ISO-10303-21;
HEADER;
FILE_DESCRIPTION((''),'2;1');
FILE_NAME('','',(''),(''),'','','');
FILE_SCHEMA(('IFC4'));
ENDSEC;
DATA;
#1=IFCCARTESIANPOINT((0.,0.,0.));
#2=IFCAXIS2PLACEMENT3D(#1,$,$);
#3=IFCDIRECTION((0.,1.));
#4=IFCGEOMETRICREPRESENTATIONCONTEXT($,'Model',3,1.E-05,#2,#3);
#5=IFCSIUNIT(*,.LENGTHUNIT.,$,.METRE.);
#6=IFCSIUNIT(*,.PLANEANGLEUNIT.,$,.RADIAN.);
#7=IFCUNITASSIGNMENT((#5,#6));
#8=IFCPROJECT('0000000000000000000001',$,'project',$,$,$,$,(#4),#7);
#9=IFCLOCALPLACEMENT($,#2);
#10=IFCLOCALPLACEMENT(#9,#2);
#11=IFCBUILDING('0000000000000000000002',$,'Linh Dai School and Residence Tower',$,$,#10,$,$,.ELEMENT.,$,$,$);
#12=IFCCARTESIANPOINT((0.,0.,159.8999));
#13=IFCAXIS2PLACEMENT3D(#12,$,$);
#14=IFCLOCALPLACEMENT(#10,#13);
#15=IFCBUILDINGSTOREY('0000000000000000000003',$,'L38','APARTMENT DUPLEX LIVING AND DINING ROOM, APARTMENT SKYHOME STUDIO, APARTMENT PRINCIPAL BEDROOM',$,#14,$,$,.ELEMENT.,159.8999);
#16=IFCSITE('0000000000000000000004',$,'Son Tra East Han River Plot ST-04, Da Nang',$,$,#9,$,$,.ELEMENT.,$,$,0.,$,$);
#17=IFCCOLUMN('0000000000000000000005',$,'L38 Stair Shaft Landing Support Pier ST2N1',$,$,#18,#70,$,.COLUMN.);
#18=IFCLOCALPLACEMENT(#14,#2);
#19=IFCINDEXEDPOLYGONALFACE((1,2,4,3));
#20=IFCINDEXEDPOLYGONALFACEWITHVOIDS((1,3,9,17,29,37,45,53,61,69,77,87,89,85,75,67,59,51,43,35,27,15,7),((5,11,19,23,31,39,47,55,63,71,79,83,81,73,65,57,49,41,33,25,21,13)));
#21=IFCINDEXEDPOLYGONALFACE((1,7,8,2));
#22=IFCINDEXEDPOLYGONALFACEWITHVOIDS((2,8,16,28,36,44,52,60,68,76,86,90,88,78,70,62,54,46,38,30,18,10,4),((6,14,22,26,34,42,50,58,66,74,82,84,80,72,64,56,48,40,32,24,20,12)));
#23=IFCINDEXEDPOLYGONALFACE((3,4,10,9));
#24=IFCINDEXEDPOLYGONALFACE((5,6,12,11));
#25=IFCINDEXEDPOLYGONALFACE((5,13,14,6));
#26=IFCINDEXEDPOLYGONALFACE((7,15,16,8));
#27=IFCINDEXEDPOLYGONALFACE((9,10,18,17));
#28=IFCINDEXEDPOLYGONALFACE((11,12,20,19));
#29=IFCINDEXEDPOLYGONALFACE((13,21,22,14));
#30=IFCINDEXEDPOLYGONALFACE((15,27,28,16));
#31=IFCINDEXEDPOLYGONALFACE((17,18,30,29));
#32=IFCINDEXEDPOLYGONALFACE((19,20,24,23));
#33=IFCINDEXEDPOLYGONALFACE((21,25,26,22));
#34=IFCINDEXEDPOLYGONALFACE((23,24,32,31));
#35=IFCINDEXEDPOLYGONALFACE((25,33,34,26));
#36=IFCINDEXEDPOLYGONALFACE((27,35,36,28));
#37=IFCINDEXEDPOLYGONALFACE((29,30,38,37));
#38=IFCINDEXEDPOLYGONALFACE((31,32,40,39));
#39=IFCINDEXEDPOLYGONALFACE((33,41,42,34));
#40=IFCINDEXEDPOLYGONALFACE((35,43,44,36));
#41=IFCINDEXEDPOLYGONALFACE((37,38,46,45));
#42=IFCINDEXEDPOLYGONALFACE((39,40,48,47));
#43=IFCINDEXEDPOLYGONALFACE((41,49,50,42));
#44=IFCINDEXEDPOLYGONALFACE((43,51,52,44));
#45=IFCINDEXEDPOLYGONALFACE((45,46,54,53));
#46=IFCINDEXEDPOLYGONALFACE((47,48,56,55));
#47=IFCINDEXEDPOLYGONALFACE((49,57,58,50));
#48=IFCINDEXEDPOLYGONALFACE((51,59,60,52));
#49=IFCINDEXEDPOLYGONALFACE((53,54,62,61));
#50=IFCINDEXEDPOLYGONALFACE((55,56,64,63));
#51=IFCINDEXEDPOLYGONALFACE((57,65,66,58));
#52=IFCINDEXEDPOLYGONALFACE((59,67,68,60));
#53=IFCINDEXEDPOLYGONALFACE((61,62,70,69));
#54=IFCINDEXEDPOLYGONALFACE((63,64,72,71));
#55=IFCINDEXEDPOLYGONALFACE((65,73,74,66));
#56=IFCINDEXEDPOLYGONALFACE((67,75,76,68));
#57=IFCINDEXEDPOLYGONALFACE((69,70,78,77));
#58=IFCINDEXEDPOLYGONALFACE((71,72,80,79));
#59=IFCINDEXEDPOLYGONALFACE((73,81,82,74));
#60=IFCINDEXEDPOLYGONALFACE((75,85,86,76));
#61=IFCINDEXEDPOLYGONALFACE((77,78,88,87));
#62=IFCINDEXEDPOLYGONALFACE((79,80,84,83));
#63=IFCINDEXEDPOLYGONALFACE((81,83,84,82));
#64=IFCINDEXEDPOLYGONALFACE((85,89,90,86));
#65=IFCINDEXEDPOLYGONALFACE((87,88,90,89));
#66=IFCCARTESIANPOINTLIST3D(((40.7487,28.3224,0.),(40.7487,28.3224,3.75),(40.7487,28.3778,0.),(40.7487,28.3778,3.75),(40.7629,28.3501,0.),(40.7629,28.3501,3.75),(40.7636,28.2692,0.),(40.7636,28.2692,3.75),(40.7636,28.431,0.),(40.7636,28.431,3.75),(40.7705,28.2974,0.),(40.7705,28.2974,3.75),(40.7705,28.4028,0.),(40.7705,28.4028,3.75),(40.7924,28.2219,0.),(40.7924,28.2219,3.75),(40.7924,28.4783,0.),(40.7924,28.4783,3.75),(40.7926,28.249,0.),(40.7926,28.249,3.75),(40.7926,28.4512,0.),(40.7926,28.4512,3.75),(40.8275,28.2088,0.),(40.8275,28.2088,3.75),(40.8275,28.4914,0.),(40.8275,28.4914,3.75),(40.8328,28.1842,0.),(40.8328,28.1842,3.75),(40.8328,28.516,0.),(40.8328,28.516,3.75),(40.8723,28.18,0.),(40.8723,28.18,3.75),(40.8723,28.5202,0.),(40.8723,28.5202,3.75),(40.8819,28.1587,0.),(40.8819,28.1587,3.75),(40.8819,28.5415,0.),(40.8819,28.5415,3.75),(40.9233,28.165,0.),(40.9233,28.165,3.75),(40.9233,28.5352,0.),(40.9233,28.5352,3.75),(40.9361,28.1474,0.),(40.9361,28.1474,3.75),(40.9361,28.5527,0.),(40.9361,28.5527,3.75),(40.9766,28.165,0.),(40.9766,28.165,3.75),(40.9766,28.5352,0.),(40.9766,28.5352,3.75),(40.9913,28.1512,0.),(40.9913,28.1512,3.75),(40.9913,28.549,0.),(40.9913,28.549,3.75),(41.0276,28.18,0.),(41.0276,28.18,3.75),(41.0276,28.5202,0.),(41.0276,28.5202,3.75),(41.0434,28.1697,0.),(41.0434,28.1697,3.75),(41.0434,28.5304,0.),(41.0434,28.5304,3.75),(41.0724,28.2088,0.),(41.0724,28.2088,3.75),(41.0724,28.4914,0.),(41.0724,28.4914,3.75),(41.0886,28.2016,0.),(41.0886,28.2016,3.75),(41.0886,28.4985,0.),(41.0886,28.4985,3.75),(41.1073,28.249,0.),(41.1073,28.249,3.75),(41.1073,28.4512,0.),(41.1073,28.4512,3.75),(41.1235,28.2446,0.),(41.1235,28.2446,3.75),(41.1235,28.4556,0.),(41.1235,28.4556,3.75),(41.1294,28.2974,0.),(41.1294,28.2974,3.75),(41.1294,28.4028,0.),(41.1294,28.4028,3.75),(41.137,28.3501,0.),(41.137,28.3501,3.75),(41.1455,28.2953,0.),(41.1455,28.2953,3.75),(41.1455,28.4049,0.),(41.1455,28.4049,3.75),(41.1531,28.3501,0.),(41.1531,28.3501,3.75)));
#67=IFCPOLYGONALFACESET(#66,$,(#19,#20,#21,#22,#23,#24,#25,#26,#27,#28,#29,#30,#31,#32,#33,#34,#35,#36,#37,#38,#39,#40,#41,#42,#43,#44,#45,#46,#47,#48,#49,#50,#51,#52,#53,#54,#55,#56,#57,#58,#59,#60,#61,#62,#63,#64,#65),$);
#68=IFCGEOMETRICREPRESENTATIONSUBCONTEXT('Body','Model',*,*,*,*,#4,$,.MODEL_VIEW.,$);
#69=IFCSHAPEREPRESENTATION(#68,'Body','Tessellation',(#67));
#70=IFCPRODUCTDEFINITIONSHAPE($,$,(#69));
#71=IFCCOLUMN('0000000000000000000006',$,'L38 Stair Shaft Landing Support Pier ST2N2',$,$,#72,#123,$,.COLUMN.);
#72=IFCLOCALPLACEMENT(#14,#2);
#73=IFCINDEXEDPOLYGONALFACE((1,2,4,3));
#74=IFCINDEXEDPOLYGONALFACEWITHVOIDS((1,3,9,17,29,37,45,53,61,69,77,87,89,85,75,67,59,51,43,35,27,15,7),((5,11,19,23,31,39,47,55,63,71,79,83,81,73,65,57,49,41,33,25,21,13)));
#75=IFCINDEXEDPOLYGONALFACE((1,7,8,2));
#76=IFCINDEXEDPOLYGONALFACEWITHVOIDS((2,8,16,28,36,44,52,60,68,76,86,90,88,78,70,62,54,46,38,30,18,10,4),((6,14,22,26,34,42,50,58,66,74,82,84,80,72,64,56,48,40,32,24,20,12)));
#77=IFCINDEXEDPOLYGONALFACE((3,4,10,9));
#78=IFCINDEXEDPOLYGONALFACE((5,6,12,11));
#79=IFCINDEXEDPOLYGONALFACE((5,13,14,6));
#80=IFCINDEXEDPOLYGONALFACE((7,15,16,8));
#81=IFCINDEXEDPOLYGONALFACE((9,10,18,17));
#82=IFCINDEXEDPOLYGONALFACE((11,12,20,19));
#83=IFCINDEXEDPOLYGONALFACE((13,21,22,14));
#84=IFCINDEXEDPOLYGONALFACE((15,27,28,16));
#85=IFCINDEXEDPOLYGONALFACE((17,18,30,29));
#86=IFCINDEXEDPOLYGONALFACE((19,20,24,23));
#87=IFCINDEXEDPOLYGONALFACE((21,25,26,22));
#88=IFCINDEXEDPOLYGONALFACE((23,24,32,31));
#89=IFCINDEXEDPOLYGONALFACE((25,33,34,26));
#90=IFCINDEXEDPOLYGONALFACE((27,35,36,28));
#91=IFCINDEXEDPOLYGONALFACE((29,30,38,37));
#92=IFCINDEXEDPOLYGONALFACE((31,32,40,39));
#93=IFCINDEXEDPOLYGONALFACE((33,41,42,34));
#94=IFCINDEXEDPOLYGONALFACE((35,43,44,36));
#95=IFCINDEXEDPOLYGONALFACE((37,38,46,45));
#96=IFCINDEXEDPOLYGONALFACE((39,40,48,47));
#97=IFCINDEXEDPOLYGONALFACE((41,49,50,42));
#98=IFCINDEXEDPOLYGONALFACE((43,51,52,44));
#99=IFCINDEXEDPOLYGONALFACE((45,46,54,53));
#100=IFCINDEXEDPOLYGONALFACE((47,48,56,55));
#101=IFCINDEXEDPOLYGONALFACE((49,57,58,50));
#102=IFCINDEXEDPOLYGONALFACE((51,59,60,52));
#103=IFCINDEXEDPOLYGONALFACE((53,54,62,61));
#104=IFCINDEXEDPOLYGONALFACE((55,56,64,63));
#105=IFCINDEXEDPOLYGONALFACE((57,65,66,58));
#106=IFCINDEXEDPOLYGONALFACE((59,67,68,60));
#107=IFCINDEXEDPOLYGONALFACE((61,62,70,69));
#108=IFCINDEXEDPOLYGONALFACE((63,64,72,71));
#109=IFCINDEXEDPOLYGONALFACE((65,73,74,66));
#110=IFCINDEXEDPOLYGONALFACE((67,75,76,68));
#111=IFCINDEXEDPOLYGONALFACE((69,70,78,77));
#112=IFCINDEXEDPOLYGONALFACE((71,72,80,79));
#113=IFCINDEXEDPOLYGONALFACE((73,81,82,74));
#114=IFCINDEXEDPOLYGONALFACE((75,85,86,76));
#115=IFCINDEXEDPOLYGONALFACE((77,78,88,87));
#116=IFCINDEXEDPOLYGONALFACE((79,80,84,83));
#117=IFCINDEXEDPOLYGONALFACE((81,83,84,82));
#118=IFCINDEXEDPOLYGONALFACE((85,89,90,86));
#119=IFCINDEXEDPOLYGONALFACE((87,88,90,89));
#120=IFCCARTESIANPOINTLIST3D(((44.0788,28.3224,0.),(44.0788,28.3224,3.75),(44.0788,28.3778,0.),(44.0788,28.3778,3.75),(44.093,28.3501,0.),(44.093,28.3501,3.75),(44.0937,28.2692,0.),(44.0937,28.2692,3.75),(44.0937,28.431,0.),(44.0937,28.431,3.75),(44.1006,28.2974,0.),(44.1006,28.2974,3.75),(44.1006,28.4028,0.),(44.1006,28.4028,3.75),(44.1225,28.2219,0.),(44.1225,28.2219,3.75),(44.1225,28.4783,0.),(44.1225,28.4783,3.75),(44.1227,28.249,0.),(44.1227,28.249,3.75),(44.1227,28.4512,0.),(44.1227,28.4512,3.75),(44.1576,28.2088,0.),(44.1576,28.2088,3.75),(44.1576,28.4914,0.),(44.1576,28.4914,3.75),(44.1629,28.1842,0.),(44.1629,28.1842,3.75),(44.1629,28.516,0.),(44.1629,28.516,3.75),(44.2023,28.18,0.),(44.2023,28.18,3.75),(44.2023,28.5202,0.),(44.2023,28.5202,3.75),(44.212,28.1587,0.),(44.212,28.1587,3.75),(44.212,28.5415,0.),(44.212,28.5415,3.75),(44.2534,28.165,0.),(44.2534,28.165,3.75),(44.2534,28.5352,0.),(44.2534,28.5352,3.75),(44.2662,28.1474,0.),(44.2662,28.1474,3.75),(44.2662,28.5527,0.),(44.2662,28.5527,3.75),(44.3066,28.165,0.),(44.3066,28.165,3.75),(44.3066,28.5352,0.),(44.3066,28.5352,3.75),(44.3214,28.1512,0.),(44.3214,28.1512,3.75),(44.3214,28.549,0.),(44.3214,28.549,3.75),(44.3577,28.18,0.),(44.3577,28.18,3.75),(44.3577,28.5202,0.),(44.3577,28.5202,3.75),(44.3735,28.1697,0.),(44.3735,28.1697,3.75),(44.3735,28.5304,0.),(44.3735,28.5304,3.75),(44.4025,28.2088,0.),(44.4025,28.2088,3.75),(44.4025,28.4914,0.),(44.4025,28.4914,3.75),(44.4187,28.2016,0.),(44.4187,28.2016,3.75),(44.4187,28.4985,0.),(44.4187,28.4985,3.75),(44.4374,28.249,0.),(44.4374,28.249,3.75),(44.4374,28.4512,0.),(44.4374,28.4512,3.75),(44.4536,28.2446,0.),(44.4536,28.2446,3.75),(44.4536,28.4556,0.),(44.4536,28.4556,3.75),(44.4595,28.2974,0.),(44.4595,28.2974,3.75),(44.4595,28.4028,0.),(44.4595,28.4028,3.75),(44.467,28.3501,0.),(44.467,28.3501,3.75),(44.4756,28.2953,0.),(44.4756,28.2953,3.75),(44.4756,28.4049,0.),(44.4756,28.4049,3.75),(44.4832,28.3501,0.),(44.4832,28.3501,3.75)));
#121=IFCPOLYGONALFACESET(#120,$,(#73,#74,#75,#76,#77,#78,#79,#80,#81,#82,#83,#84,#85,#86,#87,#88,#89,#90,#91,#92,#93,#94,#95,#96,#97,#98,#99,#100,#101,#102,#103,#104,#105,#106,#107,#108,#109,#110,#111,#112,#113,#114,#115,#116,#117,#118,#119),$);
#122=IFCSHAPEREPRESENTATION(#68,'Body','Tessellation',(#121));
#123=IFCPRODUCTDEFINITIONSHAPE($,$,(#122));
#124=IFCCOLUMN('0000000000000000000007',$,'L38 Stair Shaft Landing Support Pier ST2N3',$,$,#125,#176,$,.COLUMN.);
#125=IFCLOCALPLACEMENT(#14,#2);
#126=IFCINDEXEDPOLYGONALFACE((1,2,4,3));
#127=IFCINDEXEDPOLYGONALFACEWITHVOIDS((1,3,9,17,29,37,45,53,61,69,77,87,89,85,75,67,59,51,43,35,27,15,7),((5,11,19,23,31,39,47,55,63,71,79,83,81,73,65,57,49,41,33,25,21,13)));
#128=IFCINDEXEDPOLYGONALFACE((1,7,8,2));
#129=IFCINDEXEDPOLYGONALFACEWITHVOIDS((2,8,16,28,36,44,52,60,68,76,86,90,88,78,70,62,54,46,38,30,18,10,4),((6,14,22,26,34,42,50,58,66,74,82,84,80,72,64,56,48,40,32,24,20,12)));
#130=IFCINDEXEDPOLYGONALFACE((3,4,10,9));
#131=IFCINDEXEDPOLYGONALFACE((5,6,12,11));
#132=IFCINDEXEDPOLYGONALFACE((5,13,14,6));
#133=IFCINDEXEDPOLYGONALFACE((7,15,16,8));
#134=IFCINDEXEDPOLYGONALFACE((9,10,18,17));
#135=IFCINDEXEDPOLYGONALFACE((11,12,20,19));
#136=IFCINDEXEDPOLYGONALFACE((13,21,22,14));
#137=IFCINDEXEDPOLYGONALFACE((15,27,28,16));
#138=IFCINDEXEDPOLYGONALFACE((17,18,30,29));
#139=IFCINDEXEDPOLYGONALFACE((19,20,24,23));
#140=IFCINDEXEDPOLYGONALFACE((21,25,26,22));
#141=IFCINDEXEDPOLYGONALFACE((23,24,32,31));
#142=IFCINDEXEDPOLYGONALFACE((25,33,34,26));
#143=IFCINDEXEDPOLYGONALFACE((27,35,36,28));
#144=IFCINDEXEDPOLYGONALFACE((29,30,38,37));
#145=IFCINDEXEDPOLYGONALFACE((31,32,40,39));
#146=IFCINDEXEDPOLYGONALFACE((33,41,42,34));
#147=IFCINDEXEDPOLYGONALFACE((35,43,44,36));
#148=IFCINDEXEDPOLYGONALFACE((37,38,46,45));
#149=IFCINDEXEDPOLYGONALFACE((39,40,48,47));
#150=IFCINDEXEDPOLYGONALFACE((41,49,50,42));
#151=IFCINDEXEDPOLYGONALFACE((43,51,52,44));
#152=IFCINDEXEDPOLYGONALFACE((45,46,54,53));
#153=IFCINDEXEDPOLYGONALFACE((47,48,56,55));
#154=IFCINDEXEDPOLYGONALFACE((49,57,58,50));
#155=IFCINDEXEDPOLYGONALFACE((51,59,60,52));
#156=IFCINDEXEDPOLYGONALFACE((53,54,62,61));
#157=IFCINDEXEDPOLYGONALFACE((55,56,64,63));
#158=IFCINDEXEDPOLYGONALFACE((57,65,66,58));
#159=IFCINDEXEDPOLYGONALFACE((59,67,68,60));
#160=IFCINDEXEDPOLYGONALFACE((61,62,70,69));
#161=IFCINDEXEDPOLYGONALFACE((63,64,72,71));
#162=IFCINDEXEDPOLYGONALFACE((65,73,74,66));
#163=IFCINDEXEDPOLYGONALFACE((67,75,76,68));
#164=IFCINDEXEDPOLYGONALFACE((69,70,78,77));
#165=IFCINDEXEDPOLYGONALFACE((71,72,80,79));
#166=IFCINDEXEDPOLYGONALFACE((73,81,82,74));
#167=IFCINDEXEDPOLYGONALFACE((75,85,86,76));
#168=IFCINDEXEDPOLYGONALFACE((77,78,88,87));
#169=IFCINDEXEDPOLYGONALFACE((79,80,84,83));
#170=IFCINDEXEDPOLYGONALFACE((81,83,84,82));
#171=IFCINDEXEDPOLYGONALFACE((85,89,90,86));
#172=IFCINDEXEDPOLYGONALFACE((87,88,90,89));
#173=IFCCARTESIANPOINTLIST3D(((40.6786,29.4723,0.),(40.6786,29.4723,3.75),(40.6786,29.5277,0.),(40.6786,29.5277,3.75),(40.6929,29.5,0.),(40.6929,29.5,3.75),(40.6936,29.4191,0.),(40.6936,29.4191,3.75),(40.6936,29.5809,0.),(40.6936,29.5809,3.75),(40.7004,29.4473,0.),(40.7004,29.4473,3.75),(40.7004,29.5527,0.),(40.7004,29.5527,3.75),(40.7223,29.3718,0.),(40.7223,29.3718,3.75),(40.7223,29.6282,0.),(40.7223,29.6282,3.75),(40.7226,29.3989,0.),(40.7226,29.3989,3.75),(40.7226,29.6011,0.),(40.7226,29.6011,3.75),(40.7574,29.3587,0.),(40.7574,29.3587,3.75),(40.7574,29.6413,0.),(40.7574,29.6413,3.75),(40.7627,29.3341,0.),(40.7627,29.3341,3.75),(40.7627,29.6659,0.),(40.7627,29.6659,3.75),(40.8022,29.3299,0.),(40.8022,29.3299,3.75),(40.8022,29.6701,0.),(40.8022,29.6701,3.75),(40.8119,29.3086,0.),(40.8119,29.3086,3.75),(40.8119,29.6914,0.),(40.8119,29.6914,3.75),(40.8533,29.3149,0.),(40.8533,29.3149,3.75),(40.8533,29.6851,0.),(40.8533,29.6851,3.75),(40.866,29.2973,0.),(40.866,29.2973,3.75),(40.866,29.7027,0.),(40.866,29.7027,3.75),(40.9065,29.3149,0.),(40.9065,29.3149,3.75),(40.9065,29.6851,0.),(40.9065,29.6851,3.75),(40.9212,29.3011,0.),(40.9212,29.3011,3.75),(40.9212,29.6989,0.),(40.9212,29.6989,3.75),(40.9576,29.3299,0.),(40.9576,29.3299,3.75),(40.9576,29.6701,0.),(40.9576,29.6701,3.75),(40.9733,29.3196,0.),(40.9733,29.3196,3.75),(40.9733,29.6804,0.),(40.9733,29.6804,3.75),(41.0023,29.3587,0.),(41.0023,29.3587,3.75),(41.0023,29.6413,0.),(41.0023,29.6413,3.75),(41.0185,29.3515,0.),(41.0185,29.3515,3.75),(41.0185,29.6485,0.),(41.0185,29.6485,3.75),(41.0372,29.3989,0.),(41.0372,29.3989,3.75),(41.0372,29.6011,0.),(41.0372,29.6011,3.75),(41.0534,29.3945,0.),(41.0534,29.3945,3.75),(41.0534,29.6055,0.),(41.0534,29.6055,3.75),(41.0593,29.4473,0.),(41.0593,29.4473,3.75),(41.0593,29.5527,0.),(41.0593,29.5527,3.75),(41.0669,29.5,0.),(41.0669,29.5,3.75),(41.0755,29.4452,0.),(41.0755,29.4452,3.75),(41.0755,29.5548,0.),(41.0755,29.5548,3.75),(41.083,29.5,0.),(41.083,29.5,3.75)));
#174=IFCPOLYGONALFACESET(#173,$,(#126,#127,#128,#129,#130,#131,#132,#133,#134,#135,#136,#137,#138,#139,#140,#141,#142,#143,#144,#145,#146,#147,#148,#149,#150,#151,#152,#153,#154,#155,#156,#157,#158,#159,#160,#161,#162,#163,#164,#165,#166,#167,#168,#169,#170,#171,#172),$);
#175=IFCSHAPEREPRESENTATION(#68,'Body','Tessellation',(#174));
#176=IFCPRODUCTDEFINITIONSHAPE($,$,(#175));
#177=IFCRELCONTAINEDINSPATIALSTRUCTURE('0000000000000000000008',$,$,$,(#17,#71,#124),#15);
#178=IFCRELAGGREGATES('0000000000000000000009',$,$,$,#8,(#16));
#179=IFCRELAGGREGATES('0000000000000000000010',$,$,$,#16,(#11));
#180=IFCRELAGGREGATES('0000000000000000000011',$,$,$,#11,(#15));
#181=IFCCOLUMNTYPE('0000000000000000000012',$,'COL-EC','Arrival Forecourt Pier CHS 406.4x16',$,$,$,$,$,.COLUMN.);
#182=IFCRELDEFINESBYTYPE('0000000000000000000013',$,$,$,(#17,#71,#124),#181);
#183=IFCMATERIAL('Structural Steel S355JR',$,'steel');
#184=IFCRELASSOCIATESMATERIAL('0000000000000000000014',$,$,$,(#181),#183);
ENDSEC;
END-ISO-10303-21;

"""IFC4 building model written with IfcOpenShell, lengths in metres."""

from ifc_helpers import new_model, si_unit, direction, frame, origin, origin_2d, place, context, subcontext, project, spatial, hollow_circle, extrude, material, material_profile, profile_set, type_object, element, save


model = new_model("IFC4")

# Units and contexts
model_context = context("Model", 3, precision=1e-05, world=origin(), true_north=direction((0.0, 1.0)))
body_context = subcontext(model_context, "Body", "Model", "MODEL_VIEW")
ifc_project = project(units=[si_unit("LENGTHUNIT", "METRE"), si_unit("PLANEANGLEUNIT", "RADIAN")], contexts=[model_context])

# Site, building, storey
site_placement = place(None, origin())
site = spatial("IfcSite", under=ifc_project, at=site_placement, Name="Son Tra East Han River Plot ST-04, Da Nang", CompositionType="ELEMENT", RefElevation=0.0)
building_placement = place(site_placement, origin())
building = spatial("IfcBuilding", under=site, at=building_placement, Name="Linh Dai School and Residence Tower", CompositionType="ELEMENT")
storey_placement = place(building_placement, frame((0.0, 0.0, 159.8999)))
storey = spatial("IfcBuildingStorey", under=building, at=storey_placement, Name="L38", Description="APARTMENT DUPLEX LIVING AND DINING ROOM, APARTMENT SKYHOME STUDIO, APARTMENT PRINCIPAL BEDROOM", CompositionType="ELEMENT", Elevation=159.8999)

# Columns
ifc_material_1 = material(Name="Structural Steel S355JR", Category="steel")
ifc_material_profile_1 = material_profile(ifc_material_1, hollow_circle(Radius=0.2031, WallThickness=0.0161, at=origin_2d()), Name="CHS 406.4x16")
ifc_profile_set_1 = profile_set([ifc_material_profile_1], Name="Structural Steel S355JR")
column_type_1 = type_object("IfcColumnType", Name="COL-EC", Description="Arrival Forecourt Pier CHS 406.4x16", PredefinedType="COLUMN", material=ifc_profile_set_1)
for number, where, z_axis, x_axis, name in (
    (1, (40.95, 28.3501, 0.0), (0.0, 0.0, 1.0), (1.0, 0.0, 0.0), "L38 Stair Shaft Landing Support Pier ST2N1"),
    (2, (44.28, 28.3501, 0.0), (0.0, 0.0, 1.0), (1.0, 0.0, 0.0), "L38 Stair Shaft Landing Support Pier ST2N2"),
    (3, (40.8799, 29.5, 0.0), (0.0, 0.0, 1.0), (1.0, 0.0, 0.0), "L38 Stair Shaft Landing Support Pier ST2N3"),
):
    element("IfcColumn", number, at=place(storey_placement, frame(where, z_axis=z_axis, x_axis=x_axis)), inside=storey, type_object=column_type_1, Name=name, PredefinedType="COLUMN", context=body_context, shape_type="SweptSolid", body=[
        extrude(hollow_circle(Radius=0.2031, WallThickness=0.0161, at=origin_2d()), origin(), (0.0, 0.0, 1.0), 3.75),
    ])

save(model, "model.ifc")
